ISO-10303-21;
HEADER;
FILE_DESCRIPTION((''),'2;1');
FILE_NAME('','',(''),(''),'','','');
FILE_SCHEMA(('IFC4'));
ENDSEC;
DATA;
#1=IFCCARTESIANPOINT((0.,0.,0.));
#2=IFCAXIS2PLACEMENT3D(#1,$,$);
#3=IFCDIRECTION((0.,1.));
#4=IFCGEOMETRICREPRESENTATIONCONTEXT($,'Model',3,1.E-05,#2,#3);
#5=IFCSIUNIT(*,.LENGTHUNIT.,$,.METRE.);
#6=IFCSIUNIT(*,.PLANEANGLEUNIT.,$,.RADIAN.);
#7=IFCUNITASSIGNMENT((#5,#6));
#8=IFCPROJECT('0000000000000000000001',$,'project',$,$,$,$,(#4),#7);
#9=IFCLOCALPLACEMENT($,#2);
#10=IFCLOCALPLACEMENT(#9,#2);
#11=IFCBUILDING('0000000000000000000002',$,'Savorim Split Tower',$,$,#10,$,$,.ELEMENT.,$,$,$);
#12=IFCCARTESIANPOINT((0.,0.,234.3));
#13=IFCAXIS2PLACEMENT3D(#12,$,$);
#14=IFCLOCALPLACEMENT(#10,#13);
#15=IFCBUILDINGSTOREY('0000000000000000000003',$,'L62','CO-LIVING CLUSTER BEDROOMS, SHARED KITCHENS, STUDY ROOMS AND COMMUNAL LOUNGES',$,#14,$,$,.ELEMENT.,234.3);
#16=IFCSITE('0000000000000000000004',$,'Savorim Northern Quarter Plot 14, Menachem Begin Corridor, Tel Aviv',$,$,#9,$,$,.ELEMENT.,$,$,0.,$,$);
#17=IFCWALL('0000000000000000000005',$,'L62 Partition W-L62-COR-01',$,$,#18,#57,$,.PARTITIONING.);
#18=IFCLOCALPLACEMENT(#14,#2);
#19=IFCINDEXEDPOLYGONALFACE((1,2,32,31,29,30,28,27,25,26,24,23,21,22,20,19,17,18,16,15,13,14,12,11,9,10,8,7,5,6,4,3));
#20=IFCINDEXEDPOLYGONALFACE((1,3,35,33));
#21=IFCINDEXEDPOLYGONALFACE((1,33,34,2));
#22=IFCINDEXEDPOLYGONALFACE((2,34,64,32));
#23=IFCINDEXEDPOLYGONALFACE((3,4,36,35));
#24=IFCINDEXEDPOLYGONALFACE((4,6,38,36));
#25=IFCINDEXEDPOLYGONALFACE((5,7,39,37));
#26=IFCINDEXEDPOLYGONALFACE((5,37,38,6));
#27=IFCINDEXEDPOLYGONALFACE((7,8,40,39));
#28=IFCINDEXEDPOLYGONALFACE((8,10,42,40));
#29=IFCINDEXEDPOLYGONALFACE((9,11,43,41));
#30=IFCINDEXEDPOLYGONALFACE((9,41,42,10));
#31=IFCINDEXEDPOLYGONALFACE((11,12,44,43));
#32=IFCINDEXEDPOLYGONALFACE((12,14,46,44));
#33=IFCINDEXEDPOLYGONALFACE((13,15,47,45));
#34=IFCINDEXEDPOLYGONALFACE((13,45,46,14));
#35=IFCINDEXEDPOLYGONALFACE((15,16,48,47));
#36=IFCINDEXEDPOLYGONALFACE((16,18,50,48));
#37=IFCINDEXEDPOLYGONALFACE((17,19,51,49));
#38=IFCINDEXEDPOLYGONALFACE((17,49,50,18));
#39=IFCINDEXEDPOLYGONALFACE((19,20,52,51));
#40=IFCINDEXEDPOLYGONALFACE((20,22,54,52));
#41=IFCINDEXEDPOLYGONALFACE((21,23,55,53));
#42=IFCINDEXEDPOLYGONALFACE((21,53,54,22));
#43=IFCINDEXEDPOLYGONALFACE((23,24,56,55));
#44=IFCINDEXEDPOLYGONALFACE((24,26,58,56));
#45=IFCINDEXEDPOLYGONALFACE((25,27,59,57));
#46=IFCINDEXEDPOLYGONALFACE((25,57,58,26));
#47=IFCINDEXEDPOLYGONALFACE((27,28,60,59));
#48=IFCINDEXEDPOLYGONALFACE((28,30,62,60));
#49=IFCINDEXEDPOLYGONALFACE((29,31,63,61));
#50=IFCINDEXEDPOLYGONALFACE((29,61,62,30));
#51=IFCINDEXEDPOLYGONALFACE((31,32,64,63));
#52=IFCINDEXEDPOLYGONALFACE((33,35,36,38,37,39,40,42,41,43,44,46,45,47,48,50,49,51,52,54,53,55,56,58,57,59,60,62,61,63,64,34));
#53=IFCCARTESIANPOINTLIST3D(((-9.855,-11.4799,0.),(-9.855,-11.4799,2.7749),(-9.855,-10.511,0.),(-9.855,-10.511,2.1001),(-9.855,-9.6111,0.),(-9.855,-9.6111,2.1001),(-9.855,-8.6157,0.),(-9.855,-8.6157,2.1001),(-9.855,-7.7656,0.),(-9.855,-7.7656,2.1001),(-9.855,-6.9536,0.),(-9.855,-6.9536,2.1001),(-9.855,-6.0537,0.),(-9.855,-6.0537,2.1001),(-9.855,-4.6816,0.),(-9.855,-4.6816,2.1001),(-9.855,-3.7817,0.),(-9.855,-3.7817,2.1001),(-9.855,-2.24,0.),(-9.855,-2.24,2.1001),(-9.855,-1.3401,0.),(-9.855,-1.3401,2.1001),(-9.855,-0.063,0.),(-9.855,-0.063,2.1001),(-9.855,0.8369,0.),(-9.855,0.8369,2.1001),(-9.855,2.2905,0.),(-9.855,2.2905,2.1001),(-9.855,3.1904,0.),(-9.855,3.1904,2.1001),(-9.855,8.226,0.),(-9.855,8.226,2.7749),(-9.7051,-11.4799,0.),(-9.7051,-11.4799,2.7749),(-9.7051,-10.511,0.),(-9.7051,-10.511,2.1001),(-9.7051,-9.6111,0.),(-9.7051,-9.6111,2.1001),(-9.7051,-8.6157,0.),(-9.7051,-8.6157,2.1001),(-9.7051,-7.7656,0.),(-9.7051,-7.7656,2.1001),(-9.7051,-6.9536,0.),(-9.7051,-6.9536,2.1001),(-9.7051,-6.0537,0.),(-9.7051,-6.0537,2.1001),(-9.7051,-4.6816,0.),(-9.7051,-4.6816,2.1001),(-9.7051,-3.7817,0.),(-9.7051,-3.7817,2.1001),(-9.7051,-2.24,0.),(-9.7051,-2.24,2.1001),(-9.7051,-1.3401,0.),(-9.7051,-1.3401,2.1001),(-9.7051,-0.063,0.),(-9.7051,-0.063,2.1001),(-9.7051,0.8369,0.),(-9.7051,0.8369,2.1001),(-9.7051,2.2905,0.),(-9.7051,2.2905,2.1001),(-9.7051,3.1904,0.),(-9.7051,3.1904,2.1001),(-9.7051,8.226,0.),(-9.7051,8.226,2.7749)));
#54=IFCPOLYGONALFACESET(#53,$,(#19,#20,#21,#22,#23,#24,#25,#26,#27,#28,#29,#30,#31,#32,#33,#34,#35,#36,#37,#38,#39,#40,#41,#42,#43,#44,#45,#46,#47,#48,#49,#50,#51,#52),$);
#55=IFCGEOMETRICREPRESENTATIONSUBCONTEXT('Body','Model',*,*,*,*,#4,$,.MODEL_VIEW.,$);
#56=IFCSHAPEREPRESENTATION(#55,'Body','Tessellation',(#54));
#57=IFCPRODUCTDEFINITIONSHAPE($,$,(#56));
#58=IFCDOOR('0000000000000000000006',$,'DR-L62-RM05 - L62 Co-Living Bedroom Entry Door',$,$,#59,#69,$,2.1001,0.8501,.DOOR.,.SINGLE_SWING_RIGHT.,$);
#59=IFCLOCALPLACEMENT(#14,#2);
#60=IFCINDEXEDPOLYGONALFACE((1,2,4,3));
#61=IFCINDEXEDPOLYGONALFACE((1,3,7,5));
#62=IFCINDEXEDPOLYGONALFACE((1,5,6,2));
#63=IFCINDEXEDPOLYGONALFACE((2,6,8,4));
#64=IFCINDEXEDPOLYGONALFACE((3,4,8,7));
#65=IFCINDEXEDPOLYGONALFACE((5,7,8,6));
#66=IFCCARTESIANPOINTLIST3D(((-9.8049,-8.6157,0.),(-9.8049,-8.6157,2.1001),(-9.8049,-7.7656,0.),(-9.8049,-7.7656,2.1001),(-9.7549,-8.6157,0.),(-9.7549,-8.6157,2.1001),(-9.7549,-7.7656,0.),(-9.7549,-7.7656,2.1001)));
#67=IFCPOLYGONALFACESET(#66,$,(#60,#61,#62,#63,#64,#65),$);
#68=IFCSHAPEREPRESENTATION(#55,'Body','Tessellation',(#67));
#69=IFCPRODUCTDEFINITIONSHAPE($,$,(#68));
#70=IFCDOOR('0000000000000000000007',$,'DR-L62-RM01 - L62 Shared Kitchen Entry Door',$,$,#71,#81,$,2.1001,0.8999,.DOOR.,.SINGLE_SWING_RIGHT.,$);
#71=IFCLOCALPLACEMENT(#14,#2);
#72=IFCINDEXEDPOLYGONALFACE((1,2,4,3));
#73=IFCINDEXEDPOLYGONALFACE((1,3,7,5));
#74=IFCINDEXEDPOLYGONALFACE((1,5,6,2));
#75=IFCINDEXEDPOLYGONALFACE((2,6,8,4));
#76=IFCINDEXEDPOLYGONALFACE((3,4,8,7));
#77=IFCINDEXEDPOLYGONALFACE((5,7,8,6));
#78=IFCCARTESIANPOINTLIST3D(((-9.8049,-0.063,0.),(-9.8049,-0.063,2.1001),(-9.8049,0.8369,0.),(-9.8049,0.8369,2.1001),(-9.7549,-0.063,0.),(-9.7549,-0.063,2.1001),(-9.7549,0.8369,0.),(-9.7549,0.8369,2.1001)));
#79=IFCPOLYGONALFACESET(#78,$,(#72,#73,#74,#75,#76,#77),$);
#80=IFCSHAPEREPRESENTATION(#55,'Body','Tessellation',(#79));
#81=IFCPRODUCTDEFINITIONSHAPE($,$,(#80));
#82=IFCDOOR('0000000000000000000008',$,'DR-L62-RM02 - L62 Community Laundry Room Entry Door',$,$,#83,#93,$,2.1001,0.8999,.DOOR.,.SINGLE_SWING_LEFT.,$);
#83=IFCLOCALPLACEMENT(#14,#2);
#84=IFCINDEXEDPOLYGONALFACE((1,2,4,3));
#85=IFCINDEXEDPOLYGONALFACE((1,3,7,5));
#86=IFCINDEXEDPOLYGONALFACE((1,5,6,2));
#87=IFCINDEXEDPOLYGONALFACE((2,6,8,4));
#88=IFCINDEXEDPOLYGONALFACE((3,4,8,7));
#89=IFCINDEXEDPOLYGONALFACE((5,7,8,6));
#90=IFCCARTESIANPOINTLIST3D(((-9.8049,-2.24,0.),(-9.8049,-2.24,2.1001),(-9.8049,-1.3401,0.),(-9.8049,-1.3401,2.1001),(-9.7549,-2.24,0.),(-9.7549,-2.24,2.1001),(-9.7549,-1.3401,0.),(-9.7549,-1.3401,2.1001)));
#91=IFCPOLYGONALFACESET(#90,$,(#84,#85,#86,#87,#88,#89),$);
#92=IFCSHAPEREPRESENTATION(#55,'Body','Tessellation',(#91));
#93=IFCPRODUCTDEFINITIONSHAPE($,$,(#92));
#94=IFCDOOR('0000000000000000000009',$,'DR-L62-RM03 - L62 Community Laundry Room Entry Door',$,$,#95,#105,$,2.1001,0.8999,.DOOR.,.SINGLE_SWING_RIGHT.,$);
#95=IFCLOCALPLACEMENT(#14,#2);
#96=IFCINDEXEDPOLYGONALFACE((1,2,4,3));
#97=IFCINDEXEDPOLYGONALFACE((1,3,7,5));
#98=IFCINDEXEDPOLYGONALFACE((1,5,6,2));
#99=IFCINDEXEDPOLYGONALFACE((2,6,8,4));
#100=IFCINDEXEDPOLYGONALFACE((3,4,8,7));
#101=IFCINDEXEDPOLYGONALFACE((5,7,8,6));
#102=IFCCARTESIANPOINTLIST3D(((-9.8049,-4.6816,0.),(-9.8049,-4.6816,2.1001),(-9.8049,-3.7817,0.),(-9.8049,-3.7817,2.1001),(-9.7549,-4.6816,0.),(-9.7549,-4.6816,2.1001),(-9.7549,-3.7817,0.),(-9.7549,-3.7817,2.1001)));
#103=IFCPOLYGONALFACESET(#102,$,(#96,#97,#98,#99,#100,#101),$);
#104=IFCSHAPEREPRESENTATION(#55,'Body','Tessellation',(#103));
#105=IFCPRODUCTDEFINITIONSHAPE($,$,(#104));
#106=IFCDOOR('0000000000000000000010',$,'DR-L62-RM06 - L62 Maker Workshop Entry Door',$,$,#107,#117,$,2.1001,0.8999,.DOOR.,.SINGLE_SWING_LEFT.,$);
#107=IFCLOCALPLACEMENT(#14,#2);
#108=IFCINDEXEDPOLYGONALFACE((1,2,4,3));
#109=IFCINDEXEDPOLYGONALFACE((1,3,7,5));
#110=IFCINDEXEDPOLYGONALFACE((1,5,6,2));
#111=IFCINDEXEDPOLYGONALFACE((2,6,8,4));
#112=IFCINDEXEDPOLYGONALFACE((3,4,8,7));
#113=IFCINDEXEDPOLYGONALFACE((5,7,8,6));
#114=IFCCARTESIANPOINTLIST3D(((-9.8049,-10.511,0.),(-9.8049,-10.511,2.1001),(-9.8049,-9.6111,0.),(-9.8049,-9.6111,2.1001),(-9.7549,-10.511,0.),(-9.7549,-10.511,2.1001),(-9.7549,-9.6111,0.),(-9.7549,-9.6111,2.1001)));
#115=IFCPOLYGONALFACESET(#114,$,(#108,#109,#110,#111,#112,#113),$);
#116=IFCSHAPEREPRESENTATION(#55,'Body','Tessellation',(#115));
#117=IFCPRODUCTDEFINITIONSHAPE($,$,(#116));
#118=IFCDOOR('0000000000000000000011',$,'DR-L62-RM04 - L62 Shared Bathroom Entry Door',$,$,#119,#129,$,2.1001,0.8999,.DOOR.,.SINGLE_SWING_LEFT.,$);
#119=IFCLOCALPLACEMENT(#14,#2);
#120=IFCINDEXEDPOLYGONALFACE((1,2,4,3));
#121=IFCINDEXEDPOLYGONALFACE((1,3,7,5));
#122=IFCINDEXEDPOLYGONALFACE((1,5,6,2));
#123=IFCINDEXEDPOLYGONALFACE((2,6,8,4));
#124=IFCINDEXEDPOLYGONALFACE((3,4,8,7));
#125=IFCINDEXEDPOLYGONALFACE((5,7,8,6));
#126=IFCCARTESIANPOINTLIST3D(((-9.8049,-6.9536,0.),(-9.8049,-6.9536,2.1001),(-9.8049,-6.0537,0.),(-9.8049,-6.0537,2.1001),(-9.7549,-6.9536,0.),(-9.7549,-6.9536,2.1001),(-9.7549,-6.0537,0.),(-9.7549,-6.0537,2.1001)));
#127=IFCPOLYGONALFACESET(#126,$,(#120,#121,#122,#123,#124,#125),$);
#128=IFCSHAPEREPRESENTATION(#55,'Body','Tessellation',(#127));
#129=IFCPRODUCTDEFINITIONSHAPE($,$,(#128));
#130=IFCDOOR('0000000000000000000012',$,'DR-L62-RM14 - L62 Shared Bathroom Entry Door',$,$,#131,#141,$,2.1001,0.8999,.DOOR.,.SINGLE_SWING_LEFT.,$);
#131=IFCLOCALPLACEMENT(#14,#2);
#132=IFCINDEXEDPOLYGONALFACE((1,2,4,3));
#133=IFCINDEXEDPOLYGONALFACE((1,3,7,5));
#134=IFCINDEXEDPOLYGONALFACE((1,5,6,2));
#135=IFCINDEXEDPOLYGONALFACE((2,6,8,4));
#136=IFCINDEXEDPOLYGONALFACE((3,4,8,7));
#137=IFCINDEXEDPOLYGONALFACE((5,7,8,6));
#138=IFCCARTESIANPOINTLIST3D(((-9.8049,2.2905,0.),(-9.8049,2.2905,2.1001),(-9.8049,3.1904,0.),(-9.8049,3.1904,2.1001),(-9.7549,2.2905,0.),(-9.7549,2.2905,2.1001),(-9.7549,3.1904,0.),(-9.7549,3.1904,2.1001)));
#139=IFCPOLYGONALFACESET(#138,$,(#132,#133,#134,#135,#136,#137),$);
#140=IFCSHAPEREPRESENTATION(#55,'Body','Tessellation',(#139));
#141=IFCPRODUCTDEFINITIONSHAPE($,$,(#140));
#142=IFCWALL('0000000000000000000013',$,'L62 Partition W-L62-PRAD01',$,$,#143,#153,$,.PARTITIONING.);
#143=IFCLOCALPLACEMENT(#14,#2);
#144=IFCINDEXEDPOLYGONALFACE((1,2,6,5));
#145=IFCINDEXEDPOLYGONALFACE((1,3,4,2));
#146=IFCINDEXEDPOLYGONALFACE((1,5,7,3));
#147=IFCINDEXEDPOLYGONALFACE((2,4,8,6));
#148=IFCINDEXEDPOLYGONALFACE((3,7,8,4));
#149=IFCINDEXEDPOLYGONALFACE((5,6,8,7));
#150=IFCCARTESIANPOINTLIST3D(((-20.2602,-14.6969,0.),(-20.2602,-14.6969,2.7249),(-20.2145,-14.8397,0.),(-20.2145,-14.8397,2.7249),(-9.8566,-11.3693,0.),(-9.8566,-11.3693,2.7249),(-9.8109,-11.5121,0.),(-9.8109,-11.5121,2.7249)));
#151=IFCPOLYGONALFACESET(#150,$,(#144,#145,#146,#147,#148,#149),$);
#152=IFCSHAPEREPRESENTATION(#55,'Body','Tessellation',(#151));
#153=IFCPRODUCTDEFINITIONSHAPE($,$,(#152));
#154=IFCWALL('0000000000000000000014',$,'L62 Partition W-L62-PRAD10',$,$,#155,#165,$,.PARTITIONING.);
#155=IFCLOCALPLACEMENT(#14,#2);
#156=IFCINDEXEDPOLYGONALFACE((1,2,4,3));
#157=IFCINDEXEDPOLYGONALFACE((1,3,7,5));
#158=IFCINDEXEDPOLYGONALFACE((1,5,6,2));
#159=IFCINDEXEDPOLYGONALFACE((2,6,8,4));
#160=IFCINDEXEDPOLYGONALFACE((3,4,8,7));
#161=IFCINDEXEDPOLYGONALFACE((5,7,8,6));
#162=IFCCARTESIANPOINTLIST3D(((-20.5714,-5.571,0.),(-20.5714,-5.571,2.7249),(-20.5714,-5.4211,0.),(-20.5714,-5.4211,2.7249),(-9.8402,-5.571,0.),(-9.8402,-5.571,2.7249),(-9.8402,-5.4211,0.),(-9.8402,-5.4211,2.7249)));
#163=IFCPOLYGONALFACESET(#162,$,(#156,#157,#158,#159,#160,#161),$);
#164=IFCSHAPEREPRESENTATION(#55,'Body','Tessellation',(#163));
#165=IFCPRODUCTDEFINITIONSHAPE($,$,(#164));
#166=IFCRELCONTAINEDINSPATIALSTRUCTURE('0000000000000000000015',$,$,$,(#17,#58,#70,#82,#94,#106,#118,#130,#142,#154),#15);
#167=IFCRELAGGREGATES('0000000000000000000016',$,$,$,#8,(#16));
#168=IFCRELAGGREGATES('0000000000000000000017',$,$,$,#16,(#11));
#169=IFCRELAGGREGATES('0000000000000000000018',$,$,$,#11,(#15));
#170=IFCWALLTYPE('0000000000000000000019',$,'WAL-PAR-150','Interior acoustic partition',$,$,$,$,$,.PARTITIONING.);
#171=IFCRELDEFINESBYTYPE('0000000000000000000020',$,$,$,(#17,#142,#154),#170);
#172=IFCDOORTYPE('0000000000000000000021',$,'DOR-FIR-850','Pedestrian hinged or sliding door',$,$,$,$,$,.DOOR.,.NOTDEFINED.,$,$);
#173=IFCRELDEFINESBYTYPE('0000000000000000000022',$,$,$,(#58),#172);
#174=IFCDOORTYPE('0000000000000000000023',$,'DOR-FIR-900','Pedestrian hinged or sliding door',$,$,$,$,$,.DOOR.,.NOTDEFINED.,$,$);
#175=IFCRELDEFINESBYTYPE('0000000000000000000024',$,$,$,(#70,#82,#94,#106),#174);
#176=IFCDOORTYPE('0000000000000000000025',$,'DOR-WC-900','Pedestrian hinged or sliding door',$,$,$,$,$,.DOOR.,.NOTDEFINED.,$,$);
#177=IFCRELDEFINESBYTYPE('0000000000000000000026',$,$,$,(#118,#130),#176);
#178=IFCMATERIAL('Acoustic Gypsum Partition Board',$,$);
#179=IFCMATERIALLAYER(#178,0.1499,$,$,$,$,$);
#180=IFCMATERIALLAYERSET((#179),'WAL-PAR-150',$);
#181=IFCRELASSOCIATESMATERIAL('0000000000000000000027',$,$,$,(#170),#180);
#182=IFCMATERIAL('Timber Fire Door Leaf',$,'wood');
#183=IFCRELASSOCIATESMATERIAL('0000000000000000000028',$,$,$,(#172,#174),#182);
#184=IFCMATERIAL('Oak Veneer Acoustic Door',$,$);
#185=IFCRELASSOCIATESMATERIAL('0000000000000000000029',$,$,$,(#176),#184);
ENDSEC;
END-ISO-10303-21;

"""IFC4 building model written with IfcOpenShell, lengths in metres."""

from ifc_helpers import new_model, si_unit, direction, frame, frame_2d, origin, place, context, subcontext, project, spatial, rectangle, extrude, material, layer, layer_set, type_object, element, fill, save


model = new_model("IFC4")

# Units and contexts
model_context = context("Model", 3, precision=1e-05, world=origin(), true_north=direction((0.0, 1.0)))
body_context = subcontext(model_context, "Body", "Model", "MODEL_VIEW")
ifc_project = project(units=[si_unit("LENGTHUNIT", "METRE"), si_unit("PLANEANGLEUNIT", "RADIAN")], contexts=[model_context])

# Site, building, storey
site_placement = place(None, origin())
site = spatial("IfcSite", under=ifc_project, at=site_placement, Name="Savorim Northern Quarter Plot 14, Menachem Begin Corridor, Tel Aviv", CompositionType="ELEMENT", RefElevation=0.0)
building_placement = place(site_placement, origin())
building = spatial("IfcBuilding", under=site, at=building_placement, Name="Savorim Split Tower", CompositionType="ELEMENT")
storey_placement = place(building_placement, frame((0.0, 0.0, 234.3)))
storey = spatial("IfcBuildingStorey", under=building, at=storey_placement, Name="L62", Description="CO-LIVING CLUSTER BEDROOMS, SHARED KITCHENS, STUDY ROOMS AND COMMUNAL LOUNGES", CompositionType="ELEMENT", Elevation=234.3)

# Shared definitions
ifc_material_1 = material(Name="Timber Fire Door Leaf", Category="wood")

# Wall, openings, doors
ifc_material_2 = material(Name="Acoustic Gypsum Partition Board")
ifc_layer_1 = layer(ifc_material_2, 0.1499)
ifc_layer_set_1 = layer_set([ifc_layer_1], Name="WAL-PAR-150")
wall_type_1 = type_object("IfcWallType", Name="WAL-PAR-150", Description="Interior acoustic partition", PredefinedType="PARTITIONING", material=ifc_layer_set_1)
wall_1_placement = place(storey_placement, frame((-9.78, -11.48, 0.0), z_axis=(0.0, 0.0, 1.0), x_axis=(0.0, 1.0, 0.0)))
wall_1 = element("IfcWall", 1, at=wall_1_placement, inside=storey, type_object=wall_type_1, Name="L62 Partition W-L62-COR-01", PredefinedType="PARTITIONING", context=body_context, shape_type="SweptSolid", body=[
    extrude(rectangle(XDim=19.7058, YDim=0.1499, at=frame_2d((9.853, 0.0))), origin(), (0.0, 0.0, 1.0), 2.7749),
])
opening_1_placement = place(wall_1_placement, frame((11.417, 0.0, 0.0)))
opening_1 = element("IfcOpeningElement", 2, at=opening_1_placement, cuts=wall_1, PredefinedType="OPENING", context=body_context, shape_type="SweptSolid", body=[
    extrude(rectangle(XDim=0.8999, YDim=2.1001, at=frame_2d((0.45, 1.05))), frame((0.0, 0.085, 0.0), z_axis=(0.0, -1.0, 0.0), x_axis=(1.0, 0.0, 0.0)), (0.0, 0.0, 1.0), 0.1699),
])
opening_2_placement = place(wall_1_placement, frame((9.24, 0.0, 0.0)))
opening_2 = element("IfcOpeningElement", 3, at=opening_2_placement, cuts=wall_1, PredefinedType="OPENING", context=body_context, shape_type="SweptSolid", body=[
    extrude(rectangle(XDim=0.8999, YDim=2.1001, at=frame_2d((0.45, 1.05))), frame((0.0, 0.085, 0.0), z_axis=(0.0, -1.0, 0.0), x_axis=(1.0, 0.0, 0.0)), (0.0, 0.0, 1.0), 0.1699),
])
opening_3_placement = place(wall_1_placement, frame((6.7983, 0.0, 0.0)))
opening_3 = element("IfcOpeningElement", 4, at=opening_3_placement, cuts=wall_1, PredefinedType="OPENING", context=body_context, shape_type="SweptSolid", body=[
    extrude(rectangle(XDim=0.8999, YDim=2.1001, at=frame_2d((0.45, 1.05))), frame((0.0, 0.085, 0.0), z_axis=(0.0, -1.0, 0.0), x_axis=(1.0, 0.0, 0.0)), (0.0, 0.0, 1.0), 0.1699),
])
opening_4_placement = place(wall_1_placement, frame((4.5264, 0.0, 0.0)))
opening_4 = element("IfcOpeningElement", 5, at=opening_4_placement, cuts=wall_1, PredefinedType="OPENING", context=body_context, shape_type="SweptSolid", body=[
    extrude(rectangle(XDim=0.8999, YDim=2.1001, at=frame_2d((0.45, 1.05))), frame((0.0, 0.085, 0.0), z_axis=(0.0, -1.0, 0.0), x_axis=(1.0, 0.0, 0.0)), (0.0, 0.0, 1.0), 0.1699),
])
opening_5_placement = place(wall_1_placement, frame((2.8643, 0.0, 0.0)))
opening_5 = element("IfcOpeningElement", 6, at=opening_5_placement, cuts=wall_1, PredefinedType="OPENING", context=body_context, shape_type="SweptSolid", body=[
    extrude(rectangle(XDim=0.8501, YDim=2.1001, at=frame_2d((0.425, 1.05))), frame((0.0, 0.085, 0.0), z_axis=(0.0, -1.0, 0.0), x_axis=(1.0, 0.0, 0.0)), (0.0, 0.0, 1.0), 0.1699),
])
opening_6_placement = place(wall_1_placement, frame((0.969, 0.0, 0.0)))
opening_6 = element("IfcOpeningElement", 7, at=opening_6_placement, cuts=wall_1, PredefinedType="OPENING", context=body_context, shape_type="SweptSolid", body=[
    extrude(rectangle(XDim=0.8999, YDim=2.1001, at=frame_2d((0.45, 1.05))), frame((0.0, 0.085, 0.0), z_axis=(0.0, -1.0, 0.0), x_axis=(1.0, 0.0, 0.0)), (0.0, 0.0, 1.0), 0.1699),
])
opening_7_placement = place(wall_1_placement, frame((13.7705, 0.0, 0.0)))
opening_7 = element("IfcOpeningElement", 8, at=opening_7_placement, cuts=wall_1, PredefinedType="OPENING", context=body_context, shape_type="SweptSolid", body=[
    extrude(rectangle(XDim=0.8999, YDim=2.1001, at=frame_2d((0.45, 1.05))), frame((0.0, 0.085, 0.0), z_axis=(0.0, -1.0, 0.0), x_axis=(1.0, 0.0, 0.0)), (0.0, 0.0, 1.0), 0.1699),
])
door_type_1 = type_object("IfcDoorType", Name="DOR-FIR-850", Description="Pedestrian hinged or sliding door", OperationType="NOTDEFINED", PredefinedType="DOOR", material=ifc_material_1)
door_1_placement = place(opening_5_placement, origin())
door_1 = element("IfcDoor", 9, at=door_1_placement, inside=storey, type_object=door_type_1, Name="DR-L62-RM05 - L62 Co-Living Bedroom Entry Door", OperationType="SINGLE_SWING_RIGHT", OverallHeight=2.1001, OverallWidth=0.8501, PredefinedType="DOOR", context=body_context, shape_type="SweptSolid", body=[
    extrude(rectangle(XDim=0.8501, YDim=2.1001, at=frame_2d((0.425, 1.05))), frame((0.0, 0.0249, 0.0), z_axis=(0.0, -1.0, 0.0), x_axis=(1.0, 0.0, 0.0)), (0.0, 0.0, 1.0), 0.05),
])
fill(opening_5, door_1)
door_type_2 = type_object("IfcDoorType", Name="DOR-FIR-900", Description="Pedestrian hinged or sliding door", OperationType="NOTDEFINED", PredefinedType="DOOR", material=ifc_material_1)
door_2_placement = place(opening_1_placement, origin())
door_2 = element("IfcDoor", 10, at=door_2_placement, inside=storey, type_object=door_type_2, Name="DR-L62-RM01 - L62 Shared Kitchen Entry Door", OperationType="SINGLE_SWING_RIGHT", OverallHeight=2.1001, OverallWidth=0.8999, PredefinedType="DOOR", context=body_context, shape_type="SweptSolid", body=[
    extrude(rectangle(XDim=0.8999, YDim=2.1001, at=frame_2d((0.45, 1.05))), frame((0.0, 0.0249, 0.0), z_axis=(0.0, -1.0, 0.0), x_axis=(1.0, 0.0, 0.0)), (0.0, 0.0, 1.0), 0.05),
])
fill(opening_1, door_2)
door_3_placement = place(opening_2_placement, origin())
door_3 = element("IfcDoor", 11, at=door_3_placement, inside=storey, type_object=door_type_2, Name="DR-L62-RM02 - L62 Community Laundry Room Entry Door", OperationType="SINGLE_SWING_LEFT", OverallHeight=2.1001, OverallWidth=0.8999, PredefinedType="DOOR", context=body_context, shape_type="SweptSolid", body=[
    extrude(rectangle(XDim=0.8999, YDim=2.1001, at=frame_2d((0.45, 1.05))), frame((0.0, 0.0249, 0.0), z_axis=(0.0, -1.0, 0.0), x_axis=(1.0, 0.0, 0.0)), (0.0, 0.0, 1.0), 0.05),
])
fill(opening_2, door_3)
door_4_placement = place(opening_3_placement, origin())
door_4 = element("IfcDoor", 12, at=door_4_placement, inside=storey, type_object=door_type_2, Name="DR-L62-RM03 - L62 Community Laundry Room Entry Door", OperationType="SINGLE_SWING_RIGHT", OverallHeight=2.1001, OverallWidth=0.8999, PredefinedType="DOOR", context=body_context, shape_type="SweptSolid", body=[
    extrude(rectangle(XDim=0.8999, YDim=2.1001, at=frame_2d((0.45, 1.05))), frame((0.0, 0.0249, 0.0), z_axis=(0.0, -1.0, 0.0), x_axis=(1.0, 0.0, 0.0)), (0.0, 0.0, 1.0), 0.05),
])
fill(opening_3, door_4)
door_5_placement = place(opening_6_placement, origin())
door_5 = element("IfcDoor", 13, at=door_5_placement, inside=storey, type_object=door_type_2, Name="DR-L62-RM06 - L62 Maker Workshop Entry Door", OperationType="SINGLE_SWING_LEFT", OverallHeight=2.1001, OverallWidth=0.8999, PredefinedType="DOOR", context=body_context, shape_type="SweptSolid", body=[
    extrude(rectangle(XDim=0.8999, YDim=2.1001, at=frame_2d((0.45, 1.05))), frame((0.0, 0.0249, 0.0), z_axis=(0.0, -1.0, 0.0), x_axis=(1.0, 0.0, 0.0)), (0.0, 0.0, 1.0), 0.05),
])
fill(opening_6, door_5)
ifc_material_3 = material(Name="Oak Veneer Acoustic Door")
door_type_3 = type_object("IfcDoorType", Name="DOR-WC-900", Description="Pedestrian hinged or sliding door", OperationType="NOTDEFINED", PredefinedType="DOOR", material=ifc_material_3)
door_6_placement = place(opening_4_placement, origin())
door_6 = element("IfcDoor", 14, at=door_6_placement, inside=storey, type_object=door_type_3, Name="DR-L62-RM04 - L62 Shared Bathroom Entry Door", OperationType="SINGLE_SWING_LEFT", OverallHeight=2.1001, OverallWidth=0.8999, PredefinedType="DOOR", context=body_context, shape_type="SweptSolid", body=[
    extrude(rectangle(XDim=0.8999, YDim=2.1001, at=frame_2d((0.45, 1.05))), frame((0.0, 0.0249, 0.0), z_axis=(0.0, -1.0, 0.0), x_axis=(1.0, 0.0, 0.0)), (0.0, 0.0, 1.0), 0.05),
])
fill(opening_4, door_6)
door_7_placement = place(opening_7_placement, origin())
door_7 = element("IfcDoor", 15, at=door_7_placement, inside=storey, type_object=door_type_3, Name="DR-L62-RM14 - L62 Shared Bathroom Entry Door", OperationType="SINGLE_SWING_LEFT", OverallHeight=2.1001, OverallWidth=0.8999, PredefinedType="DOOR", context=body_context, shape_type="SweptSolid", body=[
    extrude(rectangle(XDim=0.8999, YDim=2.1001, at=frame_2d((0.45, 1.05))), frame((0.0, 0.0249, 0.0), z_axis=(0.0, -1.0, 0.0), x_axis=(1.0, 0.0, 0.0)), (0.0, 0.0, 1.0), 0.05),
])
fill(opening_7, door_7)

# Walls
wall_2_placement = place(storey_placement, frame((-9.8337, -11.4407, 0.0), z_axis=(0.0, 0.0, 1.0), x_axis=(-0.952464, -0.304651, 0.0)))
element("IfcWall", 16, at=wall_2_placement, inside=storey, type_object=wall_type_1, Name="L62 Partition W-L62-PRAD01", PredefinedType="PARTITIONING", context=body_context, shape_type="SweptSolid", body=[
    extrude(rectangle(XDim=10.9229, YDim=0.1499, at=frame_2d((5.4614, 0.0))), origin(), (0.0, 0.0, 1.0), 2.7249),
])
wall_3_placement = place(storey_placement, frame((-9.8401, -5.4961, 0.0), z_axis=(0.0, 0.0, 1.0), x_axis=(-1.0, 0.0, 0.0)))
element("IfcWall", 17, at=wall_3_placement, inside=storey, type_object=wall_type_1, Name="L62 Partition W-L62-PRAD10", PredefinedType="PARTITIONING", context=body_context, shape_type="SweptSolid", body=[
    extrude(rectangle(XDim=10.7312, YDim=0.1499, at=frame_2d((5.3657, 0.0))), origin(), (0.0, 0.0, 1.0), 2.7249),
])

save(model, "model.ifc")
